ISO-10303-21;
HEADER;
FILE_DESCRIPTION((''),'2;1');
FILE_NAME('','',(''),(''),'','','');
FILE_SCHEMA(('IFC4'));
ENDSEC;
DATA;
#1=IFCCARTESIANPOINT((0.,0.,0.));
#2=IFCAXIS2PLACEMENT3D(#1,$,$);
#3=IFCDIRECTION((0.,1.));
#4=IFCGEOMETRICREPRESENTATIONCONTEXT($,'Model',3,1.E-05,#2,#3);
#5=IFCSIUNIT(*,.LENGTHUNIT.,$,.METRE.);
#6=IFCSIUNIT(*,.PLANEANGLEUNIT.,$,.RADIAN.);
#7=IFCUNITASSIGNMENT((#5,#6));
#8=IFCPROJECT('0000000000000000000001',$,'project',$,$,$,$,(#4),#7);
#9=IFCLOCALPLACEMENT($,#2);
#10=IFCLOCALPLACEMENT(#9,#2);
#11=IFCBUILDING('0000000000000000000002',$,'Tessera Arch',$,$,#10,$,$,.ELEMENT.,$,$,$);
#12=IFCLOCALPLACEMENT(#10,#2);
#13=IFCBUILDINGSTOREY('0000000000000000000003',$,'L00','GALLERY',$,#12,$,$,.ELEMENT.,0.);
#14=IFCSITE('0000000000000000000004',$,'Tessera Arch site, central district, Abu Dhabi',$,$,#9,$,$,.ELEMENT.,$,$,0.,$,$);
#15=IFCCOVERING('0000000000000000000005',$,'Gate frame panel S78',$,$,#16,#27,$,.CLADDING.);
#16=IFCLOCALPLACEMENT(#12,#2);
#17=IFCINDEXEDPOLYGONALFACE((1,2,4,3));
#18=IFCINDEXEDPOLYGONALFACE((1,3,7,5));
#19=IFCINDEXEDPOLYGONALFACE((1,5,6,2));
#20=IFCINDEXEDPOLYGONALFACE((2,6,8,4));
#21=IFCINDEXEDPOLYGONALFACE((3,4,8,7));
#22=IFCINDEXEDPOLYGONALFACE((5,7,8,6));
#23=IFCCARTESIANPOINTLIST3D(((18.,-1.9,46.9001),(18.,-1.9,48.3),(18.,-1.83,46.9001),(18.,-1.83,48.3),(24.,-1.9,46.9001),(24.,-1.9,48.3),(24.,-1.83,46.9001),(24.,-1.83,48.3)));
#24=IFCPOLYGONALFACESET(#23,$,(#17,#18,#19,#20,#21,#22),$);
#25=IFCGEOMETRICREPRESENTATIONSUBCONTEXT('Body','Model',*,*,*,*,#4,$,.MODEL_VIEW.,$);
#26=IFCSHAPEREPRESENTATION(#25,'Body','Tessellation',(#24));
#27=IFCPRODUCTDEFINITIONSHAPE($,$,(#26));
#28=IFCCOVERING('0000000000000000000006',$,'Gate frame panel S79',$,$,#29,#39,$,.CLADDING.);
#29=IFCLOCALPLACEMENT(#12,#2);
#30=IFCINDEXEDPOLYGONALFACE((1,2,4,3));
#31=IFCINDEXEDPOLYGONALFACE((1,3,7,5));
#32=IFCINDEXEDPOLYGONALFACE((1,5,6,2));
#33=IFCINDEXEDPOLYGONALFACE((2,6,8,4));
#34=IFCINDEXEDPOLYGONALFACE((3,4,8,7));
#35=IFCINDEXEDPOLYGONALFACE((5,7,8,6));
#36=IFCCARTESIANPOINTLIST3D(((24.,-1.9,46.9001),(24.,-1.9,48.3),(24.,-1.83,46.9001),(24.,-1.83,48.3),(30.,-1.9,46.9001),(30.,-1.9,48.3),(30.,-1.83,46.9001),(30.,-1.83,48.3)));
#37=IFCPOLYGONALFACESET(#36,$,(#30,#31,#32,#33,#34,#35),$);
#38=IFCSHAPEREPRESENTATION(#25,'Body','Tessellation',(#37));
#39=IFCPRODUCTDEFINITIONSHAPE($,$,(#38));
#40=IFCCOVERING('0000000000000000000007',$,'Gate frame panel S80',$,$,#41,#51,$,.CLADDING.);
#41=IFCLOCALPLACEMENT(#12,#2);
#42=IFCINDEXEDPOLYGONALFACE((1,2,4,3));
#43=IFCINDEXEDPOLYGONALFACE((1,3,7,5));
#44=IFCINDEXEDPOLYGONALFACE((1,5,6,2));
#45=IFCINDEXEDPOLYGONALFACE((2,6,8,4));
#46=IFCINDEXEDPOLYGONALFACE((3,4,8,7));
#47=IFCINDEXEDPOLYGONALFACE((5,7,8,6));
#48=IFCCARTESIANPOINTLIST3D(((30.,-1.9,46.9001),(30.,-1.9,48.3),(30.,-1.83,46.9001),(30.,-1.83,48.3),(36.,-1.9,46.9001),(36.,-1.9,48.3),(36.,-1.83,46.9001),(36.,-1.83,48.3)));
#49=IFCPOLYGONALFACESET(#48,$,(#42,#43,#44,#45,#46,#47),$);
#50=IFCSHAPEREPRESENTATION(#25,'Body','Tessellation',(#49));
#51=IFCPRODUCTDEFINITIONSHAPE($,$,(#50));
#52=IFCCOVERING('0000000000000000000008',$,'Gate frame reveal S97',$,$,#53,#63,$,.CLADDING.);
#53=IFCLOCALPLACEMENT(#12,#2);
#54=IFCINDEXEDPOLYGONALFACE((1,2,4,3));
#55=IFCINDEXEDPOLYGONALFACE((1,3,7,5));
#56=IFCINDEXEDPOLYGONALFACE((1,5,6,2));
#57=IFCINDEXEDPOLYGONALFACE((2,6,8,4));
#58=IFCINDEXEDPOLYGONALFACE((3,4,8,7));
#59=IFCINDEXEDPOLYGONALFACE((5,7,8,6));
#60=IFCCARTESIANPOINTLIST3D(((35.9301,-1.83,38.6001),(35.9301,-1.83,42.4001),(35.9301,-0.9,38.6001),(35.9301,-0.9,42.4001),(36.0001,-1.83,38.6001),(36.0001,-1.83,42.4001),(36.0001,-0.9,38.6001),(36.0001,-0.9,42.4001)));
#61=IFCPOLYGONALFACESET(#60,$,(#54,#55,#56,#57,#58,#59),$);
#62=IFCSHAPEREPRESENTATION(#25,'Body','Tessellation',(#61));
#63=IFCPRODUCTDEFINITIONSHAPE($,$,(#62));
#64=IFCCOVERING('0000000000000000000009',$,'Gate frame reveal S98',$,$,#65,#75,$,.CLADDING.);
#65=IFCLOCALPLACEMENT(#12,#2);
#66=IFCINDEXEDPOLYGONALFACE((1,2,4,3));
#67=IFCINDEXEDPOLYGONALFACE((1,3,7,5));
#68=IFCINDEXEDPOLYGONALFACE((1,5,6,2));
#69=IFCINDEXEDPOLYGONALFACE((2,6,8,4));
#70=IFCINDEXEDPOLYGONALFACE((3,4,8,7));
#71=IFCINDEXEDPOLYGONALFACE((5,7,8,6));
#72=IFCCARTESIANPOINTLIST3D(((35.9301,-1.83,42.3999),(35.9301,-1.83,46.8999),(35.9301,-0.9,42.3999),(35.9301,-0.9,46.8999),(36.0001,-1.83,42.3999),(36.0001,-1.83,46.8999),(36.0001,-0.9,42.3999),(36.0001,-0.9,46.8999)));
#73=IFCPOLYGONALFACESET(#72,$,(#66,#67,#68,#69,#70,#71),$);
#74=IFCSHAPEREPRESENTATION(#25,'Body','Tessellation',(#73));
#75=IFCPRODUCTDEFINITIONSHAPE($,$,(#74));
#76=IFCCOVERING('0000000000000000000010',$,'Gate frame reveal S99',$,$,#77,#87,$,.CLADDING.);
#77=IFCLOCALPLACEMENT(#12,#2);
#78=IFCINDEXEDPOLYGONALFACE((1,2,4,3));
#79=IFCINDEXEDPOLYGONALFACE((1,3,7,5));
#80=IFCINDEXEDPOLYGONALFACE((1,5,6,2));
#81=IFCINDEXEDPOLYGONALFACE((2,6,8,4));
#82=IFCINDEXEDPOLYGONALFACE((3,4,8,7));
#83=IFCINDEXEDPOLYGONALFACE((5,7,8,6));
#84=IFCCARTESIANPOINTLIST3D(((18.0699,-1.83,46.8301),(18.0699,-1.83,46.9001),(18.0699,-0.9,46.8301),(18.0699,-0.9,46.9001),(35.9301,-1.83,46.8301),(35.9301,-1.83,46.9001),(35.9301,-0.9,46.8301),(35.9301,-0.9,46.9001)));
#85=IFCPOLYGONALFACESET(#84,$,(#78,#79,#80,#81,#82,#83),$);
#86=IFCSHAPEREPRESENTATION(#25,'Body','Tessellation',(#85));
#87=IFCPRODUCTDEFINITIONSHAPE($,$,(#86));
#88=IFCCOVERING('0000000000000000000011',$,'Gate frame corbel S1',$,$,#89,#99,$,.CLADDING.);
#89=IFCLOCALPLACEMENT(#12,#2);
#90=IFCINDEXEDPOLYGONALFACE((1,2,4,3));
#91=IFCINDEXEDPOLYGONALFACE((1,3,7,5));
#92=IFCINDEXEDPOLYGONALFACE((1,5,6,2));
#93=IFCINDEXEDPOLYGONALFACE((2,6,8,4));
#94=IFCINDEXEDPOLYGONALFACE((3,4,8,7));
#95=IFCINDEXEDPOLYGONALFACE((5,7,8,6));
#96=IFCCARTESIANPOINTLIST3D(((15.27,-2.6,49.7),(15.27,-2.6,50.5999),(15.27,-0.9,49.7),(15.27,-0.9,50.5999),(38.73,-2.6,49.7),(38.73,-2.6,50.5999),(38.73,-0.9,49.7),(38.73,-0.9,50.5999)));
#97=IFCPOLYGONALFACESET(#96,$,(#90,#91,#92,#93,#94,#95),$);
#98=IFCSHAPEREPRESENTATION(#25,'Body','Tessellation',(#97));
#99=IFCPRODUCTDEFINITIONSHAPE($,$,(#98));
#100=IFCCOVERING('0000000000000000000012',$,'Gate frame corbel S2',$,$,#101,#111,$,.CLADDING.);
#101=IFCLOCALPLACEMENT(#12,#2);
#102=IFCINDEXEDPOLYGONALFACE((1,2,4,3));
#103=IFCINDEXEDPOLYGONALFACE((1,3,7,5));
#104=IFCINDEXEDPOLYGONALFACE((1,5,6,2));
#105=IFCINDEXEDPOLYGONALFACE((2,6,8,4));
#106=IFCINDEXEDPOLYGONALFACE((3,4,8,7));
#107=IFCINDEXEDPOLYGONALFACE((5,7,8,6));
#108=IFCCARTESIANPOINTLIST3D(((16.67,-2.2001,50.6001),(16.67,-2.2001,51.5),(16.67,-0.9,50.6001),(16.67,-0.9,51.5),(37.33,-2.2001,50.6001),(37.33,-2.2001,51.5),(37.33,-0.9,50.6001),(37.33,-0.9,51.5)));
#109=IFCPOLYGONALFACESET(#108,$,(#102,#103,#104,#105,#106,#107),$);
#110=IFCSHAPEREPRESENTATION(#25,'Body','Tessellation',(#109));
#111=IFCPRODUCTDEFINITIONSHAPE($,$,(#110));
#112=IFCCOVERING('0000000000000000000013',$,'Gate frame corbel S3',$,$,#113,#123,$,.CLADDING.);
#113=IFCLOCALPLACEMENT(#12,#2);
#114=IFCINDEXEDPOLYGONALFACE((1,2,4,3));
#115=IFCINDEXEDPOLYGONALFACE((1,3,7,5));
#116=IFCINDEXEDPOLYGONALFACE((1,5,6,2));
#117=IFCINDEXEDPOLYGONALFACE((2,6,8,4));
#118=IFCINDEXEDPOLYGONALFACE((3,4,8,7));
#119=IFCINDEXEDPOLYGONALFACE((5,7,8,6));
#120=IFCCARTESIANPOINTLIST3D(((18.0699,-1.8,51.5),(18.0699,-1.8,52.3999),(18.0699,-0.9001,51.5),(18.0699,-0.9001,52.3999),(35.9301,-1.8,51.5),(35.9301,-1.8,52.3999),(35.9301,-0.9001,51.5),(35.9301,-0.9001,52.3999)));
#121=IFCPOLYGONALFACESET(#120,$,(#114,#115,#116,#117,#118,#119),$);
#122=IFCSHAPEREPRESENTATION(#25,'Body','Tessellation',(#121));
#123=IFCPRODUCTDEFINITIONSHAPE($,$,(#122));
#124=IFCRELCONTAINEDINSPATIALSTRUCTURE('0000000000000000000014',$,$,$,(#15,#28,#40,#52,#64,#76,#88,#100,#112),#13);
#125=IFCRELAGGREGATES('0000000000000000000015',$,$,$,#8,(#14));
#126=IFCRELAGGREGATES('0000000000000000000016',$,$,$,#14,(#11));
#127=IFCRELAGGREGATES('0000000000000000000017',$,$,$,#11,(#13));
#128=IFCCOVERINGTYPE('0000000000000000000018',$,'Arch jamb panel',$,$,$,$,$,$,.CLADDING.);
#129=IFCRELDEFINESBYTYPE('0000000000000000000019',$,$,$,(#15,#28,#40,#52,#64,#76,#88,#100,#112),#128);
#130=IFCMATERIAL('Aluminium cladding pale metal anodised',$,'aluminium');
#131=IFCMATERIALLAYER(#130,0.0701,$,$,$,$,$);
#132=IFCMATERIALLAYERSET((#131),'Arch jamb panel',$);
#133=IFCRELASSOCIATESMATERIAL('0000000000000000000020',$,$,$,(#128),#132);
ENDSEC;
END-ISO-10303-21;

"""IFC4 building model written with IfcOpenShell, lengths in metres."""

from ifc_helpers import new_model, si_unit, direction, frame, origin, origin_2d, place, context, subcontext, project, spatial, rectangle, extrude, material, layer, layer_set, type_object, element, save


model = new_model("IFC4")

# Units and contexts
model_context = context("Model", 3, precision=1e-05, world=origin(), true_north=direction((0.0, 1.0)))
body_context = subcontext(model_context, "Body", "Model", "MODEL_VIEW")
ifc_project = project(units=[si_unit("LENGTHUNIT", "METRE"), si_unit("PLANEANGLEUNIT", "RADIAN")], contexts=[model_context])

# Site, building, storey
site_placement = place(None, origin())
site = spatial("IfcSite", under=ifc_project, at=site_placement, Name="Tessera Arch site, central district, Abu Dhabi", CompositionType="ELEMENT", RefElevation=0.0)
building_placement = place(site_placement, origin())
building = spatial("IfcBuilding", under=site, at=building_placement, Name="Tessera Arch", CompositionType="ELEMENT")
storey_placement = place(building_placement, origin())
storey = spatial("IfcBuildingStorey", under=building, at=storey_placement, Name="L00", Description="GALLERY", CompositionType="ELEMENT", Elevation=0.0)

# Coverings
ifc_material = material(Name="Aluminium cladding pale metal anodised", Category="aluminium")
ifc_layer = layer(ifc_material, 0.0701)
ifc_layer_set = layer_set([ifc_layer], Name="Arch jamb panel")
covering_type = type_object("IfcCoveringType", Name="Arch jamb panel", PredefinedType="CLADDING", material=ifc_layer_set)
for number, where, z_axis, x_axis, name in (
    (1, (21.0, -1.865, 46.9001), (0.0, 0.0, 1.0), (1.0, 0.0, 0.0), "Gate frame panel S78"),
    (2, (27.0, -1.865, 46.9001), (0.0, 0.0, 1.0), (1.0, 0.0, 0.0), "Gate frame panel S79"),
    (3, (33.0, -1.865, 46.9001), (0.0, 0.0, 1.0), (1.0, 0.0, 0.0), "Gate frame panel S80"),
):
    element("IfcCovering", number, at=place(storey_placement, frame(where, z_axis=z_axis, x_axis=x_axis)), inside=storey, type_object=covering_type, Name=name, PredefinedType="CLADDING", context=body_context, shape_type="SweptSolid", body=[
        extrude(rectangle(XDim=6.0, YDim=0.0701, at=origin_2d()), origin(), (0.0, 0.0, 1.0), 1.3999),
    ])
covering_1_placement = place(storey_placement, frame((35.9651, -1.365, 38.6001), z_axis=(0.0, 0.0, 1.0), x_axis=(1.0, 0.0, 0.0)))
element("IfcCovering", 4, at=covering_1_placement, inside=storey, type_object=covering_type, Name="Gate frame reveal S97", PredefinedType="CLADDING", context=body_context, shape_type="SweptSolid", body=[
    extrude(rectangle(XDim=0.0701, YDim=0.9299, at=origin_2d()), origin(), (0.0, 0.0, 1.0), 3.8),
])
covering_2_placement = place(storey_placement, frame((35.9651, -1.365, 42.3999), z_axis=(0.0, 0.0, 1.0), x_axis=(1.0, 0.0, 0.0)))
element("IfcCovering", 5, at=covering_2_placement, inside=storey, type_object=covering_type, Name="Gate frame reveal S98", PredefinedType="CLADDING", context=body_context, shape_type="SweptSolid", body=[
    extrude(rectangle(XDim=0.0701, YDim=0.9299, at=origin_2d()), origin(), (0.0, 0.0, 1.0), 4.5),
])
covering_3_placement = place(storey_placement, frame((27.0, -1.365, 46.8301), z_axis=(0.0, 0.0, 1.0), x_axis=(1.0, 0.0, 0.0)))
element("IfcCovering", 6, at=covering_3_placement, inside=storey, type_object=covering_type, Name="Gate frame reveal S99", PredefinedType="CLADDING", context=body_context, shape_type="SweptSolid", body=[
    extrude(rectangle(XDim=17.8601, YDim=0.9299, at=origin_2d()), origin(), (0.0, 0.0, 1.0), 0.0701),
])
covering_4_placement = place(storey_placement, frame((27.0, -1.75, 49.7), z_axis=(0.0, 0.0, 1.0), x_axis=(1.0, 0.0, 0.0)))
element("IfcCovering", 7, at=covering_4_placement, inside=storey, type_object=covering_type, Name="Gate frame corbel S1", PredefinedType="CLADDING", context=body_context, shape_type="SweptSolid", body=[
    extrude(rectangle(XDim=23.46, YDim=1.7, at=origin_2d()), origin(), (0.0, 0.0, 1.0), 0.8999),
])
covering_5_placement = place(storey_placement, frame((27.0, -1.55, 50.6001), z_axis=(0.0, 0.0, 1.0), x_axis=(1.0, 0.0, 0.0)))
element("IfcCovering", 8, at=covering_5_placement, inside=storey, type_object=covering_type, Name="Gate frame corbel S2", PredefinedType="CLADDING", context=body_context, shape_type="SweptSolid", body=[
    extrude(rectangle(XDim=20.6599, YDim=1.3, at=origin_2d()), origin(), (0.0, 0.0, 1.0), 0.8999),
])
covering_6_placement = place(storey_placement, frame((27.0, -1.3501, 51.5), z_axis=(0.0, 0.0, 1.0), x_axis=(1.0, 0.0, 0.0)))
element("IfcCovering", 9, at=covering_6_placement, inside=storey, type_object=covering_type, Name="Gate frame corbel S3", PredefinedType="CLADDING", context=body_context, shape_type="SweptSolid", body=[
    extrude(rectangle(XDim=17.8601, YDim=0.8999, at=origin_2d()), origin(), (0.0, 0.0, 1.0), 0.8999),
])

save(model, "model.ifc")
